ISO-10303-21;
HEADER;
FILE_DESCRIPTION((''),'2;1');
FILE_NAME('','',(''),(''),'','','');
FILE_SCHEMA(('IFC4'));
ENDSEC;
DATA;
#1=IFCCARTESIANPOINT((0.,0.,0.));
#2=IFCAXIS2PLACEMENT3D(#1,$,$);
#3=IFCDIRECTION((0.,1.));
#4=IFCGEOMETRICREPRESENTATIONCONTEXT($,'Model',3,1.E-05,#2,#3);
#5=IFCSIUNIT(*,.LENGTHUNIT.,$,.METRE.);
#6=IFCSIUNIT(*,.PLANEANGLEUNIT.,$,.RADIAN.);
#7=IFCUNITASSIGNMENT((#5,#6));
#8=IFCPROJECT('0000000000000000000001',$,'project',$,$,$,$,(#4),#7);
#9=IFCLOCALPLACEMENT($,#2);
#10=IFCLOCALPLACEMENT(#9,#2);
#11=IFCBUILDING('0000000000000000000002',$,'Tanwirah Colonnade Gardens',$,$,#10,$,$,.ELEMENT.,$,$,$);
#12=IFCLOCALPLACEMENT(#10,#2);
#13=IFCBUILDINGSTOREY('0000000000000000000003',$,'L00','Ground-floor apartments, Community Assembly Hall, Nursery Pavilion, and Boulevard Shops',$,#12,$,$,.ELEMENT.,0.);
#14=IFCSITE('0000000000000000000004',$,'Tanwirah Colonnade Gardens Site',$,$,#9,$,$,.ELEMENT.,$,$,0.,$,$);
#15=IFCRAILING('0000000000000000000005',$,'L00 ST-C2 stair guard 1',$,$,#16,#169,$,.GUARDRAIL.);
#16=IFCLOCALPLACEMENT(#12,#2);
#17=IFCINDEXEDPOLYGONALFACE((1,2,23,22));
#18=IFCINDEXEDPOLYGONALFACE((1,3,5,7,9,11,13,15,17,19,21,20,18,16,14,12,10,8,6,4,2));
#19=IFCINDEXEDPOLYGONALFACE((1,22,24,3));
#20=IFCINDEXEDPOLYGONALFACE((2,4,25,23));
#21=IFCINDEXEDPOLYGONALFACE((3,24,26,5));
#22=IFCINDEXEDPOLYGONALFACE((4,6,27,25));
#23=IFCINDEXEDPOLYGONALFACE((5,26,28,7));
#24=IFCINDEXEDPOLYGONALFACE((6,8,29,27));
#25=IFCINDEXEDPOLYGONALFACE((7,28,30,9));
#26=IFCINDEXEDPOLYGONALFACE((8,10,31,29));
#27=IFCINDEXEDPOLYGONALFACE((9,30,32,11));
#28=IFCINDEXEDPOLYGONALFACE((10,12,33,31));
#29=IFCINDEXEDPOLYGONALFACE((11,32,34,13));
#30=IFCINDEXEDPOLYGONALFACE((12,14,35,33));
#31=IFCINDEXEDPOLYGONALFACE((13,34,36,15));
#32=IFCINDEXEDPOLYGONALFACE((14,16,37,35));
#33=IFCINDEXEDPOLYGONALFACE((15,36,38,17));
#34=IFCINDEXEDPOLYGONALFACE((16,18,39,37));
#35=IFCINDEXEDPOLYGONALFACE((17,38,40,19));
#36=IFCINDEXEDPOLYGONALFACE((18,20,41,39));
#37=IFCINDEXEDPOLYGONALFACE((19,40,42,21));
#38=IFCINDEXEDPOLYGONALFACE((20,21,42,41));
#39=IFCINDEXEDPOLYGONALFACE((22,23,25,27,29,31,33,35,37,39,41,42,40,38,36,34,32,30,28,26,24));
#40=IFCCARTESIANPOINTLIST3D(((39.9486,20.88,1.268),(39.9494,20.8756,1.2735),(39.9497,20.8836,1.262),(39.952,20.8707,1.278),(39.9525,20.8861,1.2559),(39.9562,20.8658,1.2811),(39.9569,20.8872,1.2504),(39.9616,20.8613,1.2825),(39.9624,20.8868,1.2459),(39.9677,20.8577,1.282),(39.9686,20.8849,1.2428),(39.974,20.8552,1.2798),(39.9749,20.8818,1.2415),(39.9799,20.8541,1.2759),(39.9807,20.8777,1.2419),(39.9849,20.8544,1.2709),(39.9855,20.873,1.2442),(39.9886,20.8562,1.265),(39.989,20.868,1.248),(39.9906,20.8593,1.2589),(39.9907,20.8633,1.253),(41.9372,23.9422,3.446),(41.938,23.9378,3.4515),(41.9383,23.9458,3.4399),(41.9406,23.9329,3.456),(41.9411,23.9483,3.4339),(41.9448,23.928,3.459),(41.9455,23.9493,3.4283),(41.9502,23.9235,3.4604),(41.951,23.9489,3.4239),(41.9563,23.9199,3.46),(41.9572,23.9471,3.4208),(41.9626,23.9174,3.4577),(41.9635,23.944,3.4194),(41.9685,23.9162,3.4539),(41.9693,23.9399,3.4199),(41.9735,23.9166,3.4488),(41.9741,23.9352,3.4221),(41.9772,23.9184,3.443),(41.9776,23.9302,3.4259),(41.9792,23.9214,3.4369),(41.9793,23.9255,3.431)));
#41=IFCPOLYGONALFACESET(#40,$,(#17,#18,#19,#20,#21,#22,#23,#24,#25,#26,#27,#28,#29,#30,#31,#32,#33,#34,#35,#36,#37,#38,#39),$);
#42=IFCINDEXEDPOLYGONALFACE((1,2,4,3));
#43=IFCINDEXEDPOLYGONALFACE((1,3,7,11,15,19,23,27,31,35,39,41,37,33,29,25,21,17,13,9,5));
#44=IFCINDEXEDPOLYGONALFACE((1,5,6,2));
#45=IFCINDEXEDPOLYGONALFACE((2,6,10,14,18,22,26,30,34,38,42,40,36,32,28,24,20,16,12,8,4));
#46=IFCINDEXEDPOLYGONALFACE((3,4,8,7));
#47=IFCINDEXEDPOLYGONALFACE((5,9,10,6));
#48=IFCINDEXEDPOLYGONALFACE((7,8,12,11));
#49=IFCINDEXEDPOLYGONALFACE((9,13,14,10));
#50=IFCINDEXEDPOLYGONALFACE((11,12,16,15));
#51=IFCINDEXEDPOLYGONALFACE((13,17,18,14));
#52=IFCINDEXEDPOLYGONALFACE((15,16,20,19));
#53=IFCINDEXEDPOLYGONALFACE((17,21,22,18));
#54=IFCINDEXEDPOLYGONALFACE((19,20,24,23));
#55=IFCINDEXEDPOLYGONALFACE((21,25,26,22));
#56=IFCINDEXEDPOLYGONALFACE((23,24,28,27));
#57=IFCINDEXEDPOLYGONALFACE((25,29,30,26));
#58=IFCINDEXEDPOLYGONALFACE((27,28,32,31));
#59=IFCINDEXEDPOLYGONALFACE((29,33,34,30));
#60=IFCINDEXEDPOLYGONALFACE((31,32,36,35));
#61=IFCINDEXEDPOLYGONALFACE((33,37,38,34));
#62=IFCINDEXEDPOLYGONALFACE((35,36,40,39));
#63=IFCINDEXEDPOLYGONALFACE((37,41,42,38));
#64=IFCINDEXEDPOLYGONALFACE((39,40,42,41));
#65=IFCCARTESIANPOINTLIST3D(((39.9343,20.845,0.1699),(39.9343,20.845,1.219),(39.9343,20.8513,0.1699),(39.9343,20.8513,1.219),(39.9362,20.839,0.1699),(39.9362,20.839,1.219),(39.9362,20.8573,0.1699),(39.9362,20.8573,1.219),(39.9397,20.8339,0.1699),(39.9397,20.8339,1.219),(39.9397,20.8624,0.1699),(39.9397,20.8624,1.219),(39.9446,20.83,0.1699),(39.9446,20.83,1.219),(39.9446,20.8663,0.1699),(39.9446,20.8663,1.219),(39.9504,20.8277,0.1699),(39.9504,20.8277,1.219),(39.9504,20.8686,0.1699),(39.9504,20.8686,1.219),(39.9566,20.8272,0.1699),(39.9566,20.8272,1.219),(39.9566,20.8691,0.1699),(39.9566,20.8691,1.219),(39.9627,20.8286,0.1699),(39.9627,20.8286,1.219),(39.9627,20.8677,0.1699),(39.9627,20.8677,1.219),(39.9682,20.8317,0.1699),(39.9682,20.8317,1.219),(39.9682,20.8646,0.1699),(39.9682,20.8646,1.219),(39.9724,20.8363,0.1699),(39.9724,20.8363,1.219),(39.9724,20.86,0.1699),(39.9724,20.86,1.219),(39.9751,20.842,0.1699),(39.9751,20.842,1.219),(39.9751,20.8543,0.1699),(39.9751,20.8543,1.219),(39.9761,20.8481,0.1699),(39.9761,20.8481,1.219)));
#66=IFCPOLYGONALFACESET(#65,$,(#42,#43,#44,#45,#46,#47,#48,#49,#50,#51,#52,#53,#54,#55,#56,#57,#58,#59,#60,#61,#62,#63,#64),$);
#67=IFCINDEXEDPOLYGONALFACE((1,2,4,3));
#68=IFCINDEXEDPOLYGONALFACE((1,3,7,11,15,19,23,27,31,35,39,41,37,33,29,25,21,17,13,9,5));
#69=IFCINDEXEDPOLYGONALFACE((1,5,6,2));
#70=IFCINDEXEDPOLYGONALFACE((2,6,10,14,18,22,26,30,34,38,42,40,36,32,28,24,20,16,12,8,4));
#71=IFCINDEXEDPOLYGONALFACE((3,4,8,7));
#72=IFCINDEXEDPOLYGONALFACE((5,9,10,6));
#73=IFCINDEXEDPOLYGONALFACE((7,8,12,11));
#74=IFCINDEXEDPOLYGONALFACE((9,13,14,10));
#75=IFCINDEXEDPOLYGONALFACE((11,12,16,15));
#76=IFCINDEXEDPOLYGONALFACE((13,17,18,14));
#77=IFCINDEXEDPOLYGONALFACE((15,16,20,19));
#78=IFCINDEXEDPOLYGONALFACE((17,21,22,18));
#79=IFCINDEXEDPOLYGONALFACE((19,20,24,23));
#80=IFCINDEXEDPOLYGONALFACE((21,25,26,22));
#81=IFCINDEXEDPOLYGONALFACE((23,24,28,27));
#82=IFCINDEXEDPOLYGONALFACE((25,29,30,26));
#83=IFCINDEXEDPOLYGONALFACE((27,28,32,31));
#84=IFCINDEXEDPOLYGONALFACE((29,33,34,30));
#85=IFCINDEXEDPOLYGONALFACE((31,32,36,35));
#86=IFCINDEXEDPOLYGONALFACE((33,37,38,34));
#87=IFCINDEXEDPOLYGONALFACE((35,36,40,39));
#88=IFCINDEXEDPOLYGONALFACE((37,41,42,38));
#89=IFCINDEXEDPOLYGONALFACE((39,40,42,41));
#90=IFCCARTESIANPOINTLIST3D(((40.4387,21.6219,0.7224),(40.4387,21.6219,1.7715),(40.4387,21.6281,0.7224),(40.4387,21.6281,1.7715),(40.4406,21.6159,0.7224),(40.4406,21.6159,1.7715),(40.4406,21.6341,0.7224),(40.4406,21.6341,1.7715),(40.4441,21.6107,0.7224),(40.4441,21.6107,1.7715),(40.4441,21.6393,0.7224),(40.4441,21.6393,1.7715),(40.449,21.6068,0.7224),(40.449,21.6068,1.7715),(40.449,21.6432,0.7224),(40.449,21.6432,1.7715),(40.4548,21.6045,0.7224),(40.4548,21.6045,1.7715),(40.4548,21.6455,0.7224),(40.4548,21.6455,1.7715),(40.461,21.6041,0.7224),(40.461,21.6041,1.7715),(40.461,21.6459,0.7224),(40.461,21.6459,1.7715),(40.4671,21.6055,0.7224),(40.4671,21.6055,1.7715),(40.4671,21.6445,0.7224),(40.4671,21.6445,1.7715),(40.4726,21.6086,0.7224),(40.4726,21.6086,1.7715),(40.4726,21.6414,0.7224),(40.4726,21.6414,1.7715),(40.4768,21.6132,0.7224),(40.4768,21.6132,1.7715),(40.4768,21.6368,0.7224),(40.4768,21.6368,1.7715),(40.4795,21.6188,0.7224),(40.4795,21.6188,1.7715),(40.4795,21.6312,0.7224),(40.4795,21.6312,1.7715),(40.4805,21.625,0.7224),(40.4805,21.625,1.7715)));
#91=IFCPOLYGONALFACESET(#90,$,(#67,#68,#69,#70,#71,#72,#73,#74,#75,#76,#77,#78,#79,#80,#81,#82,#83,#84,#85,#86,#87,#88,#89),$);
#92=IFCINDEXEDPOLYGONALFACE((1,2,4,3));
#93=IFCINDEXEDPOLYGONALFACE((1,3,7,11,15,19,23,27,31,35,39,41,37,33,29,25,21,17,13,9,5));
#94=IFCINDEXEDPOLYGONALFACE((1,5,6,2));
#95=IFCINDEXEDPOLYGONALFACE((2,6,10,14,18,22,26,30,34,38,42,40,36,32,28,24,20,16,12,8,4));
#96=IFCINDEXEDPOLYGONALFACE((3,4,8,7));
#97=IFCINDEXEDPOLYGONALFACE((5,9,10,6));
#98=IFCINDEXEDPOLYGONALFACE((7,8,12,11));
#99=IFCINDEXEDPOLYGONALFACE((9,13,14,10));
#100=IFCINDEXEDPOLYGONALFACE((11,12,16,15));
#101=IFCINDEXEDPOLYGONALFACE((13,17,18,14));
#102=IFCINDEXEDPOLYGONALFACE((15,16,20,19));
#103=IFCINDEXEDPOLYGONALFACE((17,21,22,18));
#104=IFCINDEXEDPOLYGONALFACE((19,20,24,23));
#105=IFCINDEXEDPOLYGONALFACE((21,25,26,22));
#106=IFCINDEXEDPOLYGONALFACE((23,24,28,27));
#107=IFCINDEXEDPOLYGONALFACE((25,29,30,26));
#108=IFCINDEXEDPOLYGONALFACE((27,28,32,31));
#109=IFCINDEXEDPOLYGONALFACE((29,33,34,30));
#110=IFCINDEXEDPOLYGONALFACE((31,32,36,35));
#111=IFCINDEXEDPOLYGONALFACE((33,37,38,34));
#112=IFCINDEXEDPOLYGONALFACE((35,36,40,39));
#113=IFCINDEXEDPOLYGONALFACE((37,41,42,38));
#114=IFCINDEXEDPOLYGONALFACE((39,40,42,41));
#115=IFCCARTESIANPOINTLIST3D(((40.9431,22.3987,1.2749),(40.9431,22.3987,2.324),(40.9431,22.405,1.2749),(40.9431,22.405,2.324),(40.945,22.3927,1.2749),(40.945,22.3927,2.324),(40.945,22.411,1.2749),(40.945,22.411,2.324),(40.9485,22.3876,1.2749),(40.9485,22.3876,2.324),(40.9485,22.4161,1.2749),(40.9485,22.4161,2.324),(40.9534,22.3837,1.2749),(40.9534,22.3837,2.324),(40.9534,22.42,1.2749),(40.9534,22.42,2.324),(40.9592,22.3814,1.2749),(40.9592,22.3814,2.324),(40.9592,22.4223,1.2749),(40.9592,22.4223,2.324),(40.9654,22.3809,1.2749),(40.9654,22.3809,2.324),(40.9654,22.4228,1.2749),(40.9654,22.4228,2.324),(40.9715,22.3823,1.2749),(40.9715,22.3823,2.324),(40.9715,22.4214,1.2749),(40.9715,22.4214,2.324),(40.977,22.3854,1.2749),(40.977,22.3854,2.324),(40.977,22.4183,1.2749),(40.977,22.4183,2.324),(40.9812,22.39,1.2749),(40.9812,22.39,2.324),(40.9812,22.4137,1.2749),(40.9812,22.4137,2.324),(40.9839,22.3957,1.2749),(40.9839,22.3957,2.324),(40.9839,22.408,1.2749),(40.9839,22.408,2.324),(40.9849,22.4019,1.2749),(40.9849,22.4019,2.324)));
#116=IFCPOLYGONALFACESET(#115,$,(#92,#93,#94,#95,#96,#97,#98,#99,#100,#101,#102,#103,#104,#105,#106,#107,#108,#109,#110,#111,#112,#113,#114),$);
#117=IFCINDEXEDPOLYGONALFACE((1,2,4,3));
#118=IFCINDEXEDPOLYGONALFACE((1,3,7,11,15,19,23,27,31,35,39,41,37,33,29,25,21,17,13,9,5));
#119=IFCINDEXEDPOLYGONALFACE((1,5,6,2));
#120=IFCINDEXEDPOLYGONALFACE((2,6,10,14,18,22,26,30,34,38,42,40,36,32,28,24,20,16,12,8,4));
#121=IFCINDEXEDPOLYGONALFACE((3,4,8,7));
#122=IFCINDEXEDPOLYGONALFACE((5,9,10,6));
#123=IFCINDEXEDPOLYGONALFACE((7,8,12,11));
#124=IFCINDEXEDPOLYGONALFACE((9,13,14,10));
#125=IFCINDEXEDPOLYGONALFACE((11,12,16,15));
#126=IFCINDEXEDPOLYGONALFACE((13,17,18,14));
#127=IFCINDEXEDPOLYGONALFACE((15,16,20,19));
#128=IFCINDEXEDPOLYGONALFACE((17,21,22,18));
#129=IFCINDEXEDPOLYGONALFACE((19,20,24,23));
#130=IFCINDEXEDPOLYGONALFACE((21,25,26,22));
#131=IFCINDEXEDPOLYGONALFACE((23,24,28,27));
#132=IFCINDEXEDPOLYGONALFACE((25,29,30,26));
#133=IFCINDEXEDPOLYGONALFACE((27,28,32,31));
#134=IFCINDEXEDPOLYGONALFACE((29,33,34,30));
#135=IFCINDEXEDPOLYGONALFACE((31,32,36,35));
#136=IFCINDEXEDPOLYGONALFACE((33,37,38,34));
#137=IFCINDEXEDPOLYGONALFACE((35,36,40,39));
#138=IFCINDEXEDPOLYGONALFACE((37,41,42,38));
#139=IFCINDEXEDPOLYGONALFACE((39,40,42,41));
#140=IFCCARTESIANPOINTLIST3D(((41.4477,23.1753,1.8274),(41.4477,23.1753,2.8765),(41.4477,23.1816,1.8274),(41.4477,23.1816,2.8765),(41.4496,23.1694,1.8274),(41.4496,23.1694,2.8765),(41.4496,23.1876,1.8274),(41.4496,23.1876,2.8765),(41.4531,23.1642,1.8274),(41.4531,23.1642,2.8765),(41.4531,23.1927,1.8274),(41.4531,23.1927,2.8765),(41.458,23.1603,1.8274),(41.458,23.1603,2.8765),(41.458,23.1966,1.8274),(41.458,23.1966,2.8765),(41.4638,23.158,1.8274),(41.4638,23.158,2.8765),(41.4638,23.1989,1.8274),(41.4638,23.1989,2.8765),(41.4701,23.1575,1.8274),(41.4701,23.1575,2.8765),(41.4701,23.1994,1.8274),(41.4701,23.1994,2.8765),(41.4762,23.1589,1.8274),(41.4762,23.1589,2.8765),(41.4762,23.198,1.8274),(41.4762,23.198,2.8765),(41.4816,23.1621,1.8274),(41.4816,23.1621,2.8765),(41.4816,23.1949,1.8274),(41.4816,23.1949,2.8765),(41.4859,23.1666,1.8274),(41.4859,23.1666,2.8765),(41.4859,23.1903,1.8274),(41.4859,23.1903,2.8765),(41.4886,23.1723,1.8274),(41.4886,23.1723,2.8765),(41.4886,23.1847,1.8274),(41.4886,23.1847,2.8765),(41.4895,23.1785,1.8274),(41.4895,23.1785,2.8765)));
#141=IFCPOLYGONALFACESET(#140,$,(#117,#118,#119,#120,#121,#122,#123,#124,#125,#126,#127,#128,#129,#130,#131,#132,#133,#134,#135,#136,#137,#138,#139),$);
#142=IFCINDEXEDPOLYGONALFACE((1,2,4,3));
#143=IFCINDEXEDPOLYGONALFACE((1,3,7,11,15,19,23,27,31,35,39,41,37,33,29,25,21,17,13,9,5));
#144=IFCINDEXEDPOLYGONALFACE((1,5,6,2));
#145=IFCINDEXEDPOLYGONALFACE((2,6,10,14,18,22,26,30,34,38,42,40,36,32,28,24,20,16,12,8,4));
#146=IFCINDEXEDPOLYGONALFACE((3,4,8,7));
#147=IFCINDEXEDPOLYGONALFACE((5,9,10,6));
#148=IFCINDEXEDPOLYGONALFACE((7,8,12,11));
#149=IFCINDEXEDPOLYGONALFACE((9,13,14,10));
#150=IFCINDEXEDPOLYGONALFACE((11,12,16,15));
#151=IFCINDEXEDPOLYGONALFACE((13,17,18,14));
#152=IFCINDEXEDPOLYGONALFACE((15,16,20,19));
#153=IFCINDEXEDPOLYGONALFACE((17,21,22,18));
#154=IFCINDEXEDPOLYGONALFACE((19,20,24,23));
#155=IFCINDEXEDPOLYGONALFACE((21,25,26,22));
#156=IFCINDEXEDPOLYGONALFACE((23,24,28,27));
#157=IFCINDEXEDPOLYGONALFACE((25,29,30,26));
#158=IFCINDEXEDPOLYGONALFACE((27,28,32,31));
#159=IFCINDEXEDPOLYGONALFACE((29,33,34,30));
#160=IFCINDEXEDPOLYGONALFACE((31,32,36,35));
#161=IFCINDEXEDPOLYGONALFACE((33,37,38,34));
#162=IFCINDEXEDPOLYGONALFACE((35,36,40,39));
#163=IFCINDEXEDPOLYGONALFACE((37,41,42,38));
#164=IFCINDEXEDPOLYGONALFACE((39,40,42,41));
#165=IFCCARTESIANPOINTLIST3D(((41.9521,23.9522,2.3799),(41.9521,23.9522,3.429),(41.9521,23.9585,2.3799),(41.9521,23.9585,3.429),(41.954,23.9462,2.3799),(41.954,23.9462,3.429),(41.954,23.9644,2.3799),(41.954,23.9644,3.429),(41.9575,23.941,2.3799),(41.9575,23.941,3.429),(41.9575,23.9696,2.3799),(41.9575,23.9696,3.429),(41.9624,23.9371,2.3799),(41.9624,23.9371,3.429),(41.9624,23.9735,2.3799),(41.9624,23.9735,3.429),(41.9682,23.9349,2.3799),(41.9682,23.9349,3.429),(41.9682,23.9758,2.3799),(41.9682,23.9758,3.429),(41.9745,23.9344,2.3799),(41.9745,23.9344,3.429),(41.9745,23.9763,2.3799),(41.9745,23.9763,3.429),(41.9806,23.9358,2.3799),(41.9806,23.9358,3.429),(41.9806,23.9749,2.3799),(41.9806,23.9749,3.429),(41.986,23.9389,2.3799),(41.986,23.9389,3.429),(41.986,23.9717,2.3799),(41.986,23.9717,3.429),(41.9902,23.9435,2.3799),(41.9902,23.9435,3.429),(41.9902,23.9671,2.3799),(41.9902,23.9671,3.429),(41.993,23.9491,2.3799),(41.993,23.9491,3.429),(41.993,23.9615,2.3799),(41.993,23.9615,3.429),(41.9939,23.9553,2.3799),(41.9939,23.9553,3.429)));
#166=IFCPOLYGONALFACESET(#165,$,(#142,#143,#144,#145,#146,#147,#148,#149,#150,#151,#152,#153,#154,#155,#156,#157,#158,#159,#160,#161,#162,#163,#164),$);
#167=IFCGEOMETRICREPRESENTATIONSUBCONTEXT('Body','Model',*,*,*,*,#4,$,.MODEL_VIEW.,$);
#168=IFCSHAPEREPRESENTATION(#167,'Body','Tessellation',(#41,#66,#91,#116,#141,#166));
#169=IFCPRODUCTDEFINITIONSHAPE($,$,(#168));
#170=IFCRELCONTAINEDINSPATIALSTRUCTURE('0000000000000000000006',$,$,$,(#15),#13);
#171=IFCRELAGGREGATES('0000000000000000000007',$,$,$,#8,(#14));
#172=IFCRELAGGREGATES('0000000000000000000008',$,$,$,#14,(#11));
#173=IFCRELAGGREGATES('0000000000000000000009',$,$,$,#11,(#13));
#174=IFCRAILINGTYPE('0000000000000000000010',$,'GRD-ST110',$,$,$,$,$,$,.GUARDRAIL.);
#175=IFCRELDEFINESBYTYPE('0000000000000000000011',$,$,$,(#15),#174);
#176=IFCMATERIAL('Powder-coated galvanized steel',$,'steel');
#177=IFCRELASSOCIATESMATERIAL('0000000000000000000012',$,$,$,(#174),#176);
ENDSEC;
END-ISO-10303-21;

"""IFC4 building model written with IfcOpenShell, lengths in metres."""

from ifc_helpers import new_model, si_unit, direction, frame, origin, origin_2d, place, context, subcontext, project, spatial, circle, extrude, material, type_object, element, save


model = new_model("IFC4")

# Units and contexts
model_context = context("Model", 3, precision=1e-05, world=origin(), true_north=direction((0.0, 1.0)))
body_context = subcontext(model_context, "Body", "Model", "MODEL_VIEW")
ifc_project = project(units=[si_unit("LENGTHUNIT", "METRE"), si_unit("PLANEANGLEUNIT", "RADIAN")], contexts=[model_context])

# Site, building, storey
site_placement = place(None, origin())
site = spatial("IfcSite", under=ifc_project, at=site_placement, Name="Tanwirah Colonnade Gardens Site", CompositionType="ELEMENT", RefElevation=0.0)
building_placement = place(site_placement, origin())
building = spatial("IfcBuilding", under=site, at=building_placement, Name="Tanwirah Colonnade Gardens", CompositionType="ELEMENT")
storey_placement = place(building_placement, origin())
storey = spatial("IfcBuildingStorey", under=building, at=storey_placement, Name="L00", Description="Ground-floor apartments, Community Assembly Hall, Nursery Pavilion, and Boulevard Shops", CompositionType="ELEMENT", Elevation=0.0)

# Railing
ifc_material_1 = material(Name="Powder-coated galvanized steel", Category="steel")
railing_type_1 = type_object("IfcRailingType", Name="GRD-ST110", PredefinedType="GUARDRAIL", material=ifc_material_1)
railing_1_placement = place(storey_placement, frame((39.9551, 20.8481, 0.1699)))
element("IfcRailing", 1, at=railing_1_placement, inside=storey, type_object=railing_type_1, Name="L00 ST-C2 stair guard 1", PredefinedType="GUARDRAIL", context=body_context, shape_type="SweptSolid", body=[
    extrude(circle(Radius=0.0239, at=origin_2d()), frame((0.0146, 0.0225, 1.092), z_axis=(0.467745, 0.720264, 0.512284), x_axis=(-0.838671, 0.544639, 0.0)), (0.0, 0.0, 1.0), 4.2515),
    extrude(circle(Radius=0.021, at=origin_2d()), origin(), (0.0, 0.0, 1.0), 1.0491),
    extrude(circle(Radius=0.021, at=origin_2d()), frame((0.5044, 0.7769, 0.5525)), (0.0, 0.0, 1.0), 1.0491),
    extrude(circle(Radius=0.021, at=origin_2d()), frame((1.0088, 1.5537, 1.105)), (0.0, 0.0, 1.0), 1.0491),
    extrude(circle(Radius=0.021, at=origin_2d()), frame((1.5134, 2.3303, 1.6575)), (0.0, 0.0, 1.0), 1.0491),
    extrude(circle(Radius=0.021, at=origin_2d()), frame((2.0178, 3.1072, 2.21)), (0.0, 0.0, 1.0), 1.0491),
])

save(model, "model.ifc")
